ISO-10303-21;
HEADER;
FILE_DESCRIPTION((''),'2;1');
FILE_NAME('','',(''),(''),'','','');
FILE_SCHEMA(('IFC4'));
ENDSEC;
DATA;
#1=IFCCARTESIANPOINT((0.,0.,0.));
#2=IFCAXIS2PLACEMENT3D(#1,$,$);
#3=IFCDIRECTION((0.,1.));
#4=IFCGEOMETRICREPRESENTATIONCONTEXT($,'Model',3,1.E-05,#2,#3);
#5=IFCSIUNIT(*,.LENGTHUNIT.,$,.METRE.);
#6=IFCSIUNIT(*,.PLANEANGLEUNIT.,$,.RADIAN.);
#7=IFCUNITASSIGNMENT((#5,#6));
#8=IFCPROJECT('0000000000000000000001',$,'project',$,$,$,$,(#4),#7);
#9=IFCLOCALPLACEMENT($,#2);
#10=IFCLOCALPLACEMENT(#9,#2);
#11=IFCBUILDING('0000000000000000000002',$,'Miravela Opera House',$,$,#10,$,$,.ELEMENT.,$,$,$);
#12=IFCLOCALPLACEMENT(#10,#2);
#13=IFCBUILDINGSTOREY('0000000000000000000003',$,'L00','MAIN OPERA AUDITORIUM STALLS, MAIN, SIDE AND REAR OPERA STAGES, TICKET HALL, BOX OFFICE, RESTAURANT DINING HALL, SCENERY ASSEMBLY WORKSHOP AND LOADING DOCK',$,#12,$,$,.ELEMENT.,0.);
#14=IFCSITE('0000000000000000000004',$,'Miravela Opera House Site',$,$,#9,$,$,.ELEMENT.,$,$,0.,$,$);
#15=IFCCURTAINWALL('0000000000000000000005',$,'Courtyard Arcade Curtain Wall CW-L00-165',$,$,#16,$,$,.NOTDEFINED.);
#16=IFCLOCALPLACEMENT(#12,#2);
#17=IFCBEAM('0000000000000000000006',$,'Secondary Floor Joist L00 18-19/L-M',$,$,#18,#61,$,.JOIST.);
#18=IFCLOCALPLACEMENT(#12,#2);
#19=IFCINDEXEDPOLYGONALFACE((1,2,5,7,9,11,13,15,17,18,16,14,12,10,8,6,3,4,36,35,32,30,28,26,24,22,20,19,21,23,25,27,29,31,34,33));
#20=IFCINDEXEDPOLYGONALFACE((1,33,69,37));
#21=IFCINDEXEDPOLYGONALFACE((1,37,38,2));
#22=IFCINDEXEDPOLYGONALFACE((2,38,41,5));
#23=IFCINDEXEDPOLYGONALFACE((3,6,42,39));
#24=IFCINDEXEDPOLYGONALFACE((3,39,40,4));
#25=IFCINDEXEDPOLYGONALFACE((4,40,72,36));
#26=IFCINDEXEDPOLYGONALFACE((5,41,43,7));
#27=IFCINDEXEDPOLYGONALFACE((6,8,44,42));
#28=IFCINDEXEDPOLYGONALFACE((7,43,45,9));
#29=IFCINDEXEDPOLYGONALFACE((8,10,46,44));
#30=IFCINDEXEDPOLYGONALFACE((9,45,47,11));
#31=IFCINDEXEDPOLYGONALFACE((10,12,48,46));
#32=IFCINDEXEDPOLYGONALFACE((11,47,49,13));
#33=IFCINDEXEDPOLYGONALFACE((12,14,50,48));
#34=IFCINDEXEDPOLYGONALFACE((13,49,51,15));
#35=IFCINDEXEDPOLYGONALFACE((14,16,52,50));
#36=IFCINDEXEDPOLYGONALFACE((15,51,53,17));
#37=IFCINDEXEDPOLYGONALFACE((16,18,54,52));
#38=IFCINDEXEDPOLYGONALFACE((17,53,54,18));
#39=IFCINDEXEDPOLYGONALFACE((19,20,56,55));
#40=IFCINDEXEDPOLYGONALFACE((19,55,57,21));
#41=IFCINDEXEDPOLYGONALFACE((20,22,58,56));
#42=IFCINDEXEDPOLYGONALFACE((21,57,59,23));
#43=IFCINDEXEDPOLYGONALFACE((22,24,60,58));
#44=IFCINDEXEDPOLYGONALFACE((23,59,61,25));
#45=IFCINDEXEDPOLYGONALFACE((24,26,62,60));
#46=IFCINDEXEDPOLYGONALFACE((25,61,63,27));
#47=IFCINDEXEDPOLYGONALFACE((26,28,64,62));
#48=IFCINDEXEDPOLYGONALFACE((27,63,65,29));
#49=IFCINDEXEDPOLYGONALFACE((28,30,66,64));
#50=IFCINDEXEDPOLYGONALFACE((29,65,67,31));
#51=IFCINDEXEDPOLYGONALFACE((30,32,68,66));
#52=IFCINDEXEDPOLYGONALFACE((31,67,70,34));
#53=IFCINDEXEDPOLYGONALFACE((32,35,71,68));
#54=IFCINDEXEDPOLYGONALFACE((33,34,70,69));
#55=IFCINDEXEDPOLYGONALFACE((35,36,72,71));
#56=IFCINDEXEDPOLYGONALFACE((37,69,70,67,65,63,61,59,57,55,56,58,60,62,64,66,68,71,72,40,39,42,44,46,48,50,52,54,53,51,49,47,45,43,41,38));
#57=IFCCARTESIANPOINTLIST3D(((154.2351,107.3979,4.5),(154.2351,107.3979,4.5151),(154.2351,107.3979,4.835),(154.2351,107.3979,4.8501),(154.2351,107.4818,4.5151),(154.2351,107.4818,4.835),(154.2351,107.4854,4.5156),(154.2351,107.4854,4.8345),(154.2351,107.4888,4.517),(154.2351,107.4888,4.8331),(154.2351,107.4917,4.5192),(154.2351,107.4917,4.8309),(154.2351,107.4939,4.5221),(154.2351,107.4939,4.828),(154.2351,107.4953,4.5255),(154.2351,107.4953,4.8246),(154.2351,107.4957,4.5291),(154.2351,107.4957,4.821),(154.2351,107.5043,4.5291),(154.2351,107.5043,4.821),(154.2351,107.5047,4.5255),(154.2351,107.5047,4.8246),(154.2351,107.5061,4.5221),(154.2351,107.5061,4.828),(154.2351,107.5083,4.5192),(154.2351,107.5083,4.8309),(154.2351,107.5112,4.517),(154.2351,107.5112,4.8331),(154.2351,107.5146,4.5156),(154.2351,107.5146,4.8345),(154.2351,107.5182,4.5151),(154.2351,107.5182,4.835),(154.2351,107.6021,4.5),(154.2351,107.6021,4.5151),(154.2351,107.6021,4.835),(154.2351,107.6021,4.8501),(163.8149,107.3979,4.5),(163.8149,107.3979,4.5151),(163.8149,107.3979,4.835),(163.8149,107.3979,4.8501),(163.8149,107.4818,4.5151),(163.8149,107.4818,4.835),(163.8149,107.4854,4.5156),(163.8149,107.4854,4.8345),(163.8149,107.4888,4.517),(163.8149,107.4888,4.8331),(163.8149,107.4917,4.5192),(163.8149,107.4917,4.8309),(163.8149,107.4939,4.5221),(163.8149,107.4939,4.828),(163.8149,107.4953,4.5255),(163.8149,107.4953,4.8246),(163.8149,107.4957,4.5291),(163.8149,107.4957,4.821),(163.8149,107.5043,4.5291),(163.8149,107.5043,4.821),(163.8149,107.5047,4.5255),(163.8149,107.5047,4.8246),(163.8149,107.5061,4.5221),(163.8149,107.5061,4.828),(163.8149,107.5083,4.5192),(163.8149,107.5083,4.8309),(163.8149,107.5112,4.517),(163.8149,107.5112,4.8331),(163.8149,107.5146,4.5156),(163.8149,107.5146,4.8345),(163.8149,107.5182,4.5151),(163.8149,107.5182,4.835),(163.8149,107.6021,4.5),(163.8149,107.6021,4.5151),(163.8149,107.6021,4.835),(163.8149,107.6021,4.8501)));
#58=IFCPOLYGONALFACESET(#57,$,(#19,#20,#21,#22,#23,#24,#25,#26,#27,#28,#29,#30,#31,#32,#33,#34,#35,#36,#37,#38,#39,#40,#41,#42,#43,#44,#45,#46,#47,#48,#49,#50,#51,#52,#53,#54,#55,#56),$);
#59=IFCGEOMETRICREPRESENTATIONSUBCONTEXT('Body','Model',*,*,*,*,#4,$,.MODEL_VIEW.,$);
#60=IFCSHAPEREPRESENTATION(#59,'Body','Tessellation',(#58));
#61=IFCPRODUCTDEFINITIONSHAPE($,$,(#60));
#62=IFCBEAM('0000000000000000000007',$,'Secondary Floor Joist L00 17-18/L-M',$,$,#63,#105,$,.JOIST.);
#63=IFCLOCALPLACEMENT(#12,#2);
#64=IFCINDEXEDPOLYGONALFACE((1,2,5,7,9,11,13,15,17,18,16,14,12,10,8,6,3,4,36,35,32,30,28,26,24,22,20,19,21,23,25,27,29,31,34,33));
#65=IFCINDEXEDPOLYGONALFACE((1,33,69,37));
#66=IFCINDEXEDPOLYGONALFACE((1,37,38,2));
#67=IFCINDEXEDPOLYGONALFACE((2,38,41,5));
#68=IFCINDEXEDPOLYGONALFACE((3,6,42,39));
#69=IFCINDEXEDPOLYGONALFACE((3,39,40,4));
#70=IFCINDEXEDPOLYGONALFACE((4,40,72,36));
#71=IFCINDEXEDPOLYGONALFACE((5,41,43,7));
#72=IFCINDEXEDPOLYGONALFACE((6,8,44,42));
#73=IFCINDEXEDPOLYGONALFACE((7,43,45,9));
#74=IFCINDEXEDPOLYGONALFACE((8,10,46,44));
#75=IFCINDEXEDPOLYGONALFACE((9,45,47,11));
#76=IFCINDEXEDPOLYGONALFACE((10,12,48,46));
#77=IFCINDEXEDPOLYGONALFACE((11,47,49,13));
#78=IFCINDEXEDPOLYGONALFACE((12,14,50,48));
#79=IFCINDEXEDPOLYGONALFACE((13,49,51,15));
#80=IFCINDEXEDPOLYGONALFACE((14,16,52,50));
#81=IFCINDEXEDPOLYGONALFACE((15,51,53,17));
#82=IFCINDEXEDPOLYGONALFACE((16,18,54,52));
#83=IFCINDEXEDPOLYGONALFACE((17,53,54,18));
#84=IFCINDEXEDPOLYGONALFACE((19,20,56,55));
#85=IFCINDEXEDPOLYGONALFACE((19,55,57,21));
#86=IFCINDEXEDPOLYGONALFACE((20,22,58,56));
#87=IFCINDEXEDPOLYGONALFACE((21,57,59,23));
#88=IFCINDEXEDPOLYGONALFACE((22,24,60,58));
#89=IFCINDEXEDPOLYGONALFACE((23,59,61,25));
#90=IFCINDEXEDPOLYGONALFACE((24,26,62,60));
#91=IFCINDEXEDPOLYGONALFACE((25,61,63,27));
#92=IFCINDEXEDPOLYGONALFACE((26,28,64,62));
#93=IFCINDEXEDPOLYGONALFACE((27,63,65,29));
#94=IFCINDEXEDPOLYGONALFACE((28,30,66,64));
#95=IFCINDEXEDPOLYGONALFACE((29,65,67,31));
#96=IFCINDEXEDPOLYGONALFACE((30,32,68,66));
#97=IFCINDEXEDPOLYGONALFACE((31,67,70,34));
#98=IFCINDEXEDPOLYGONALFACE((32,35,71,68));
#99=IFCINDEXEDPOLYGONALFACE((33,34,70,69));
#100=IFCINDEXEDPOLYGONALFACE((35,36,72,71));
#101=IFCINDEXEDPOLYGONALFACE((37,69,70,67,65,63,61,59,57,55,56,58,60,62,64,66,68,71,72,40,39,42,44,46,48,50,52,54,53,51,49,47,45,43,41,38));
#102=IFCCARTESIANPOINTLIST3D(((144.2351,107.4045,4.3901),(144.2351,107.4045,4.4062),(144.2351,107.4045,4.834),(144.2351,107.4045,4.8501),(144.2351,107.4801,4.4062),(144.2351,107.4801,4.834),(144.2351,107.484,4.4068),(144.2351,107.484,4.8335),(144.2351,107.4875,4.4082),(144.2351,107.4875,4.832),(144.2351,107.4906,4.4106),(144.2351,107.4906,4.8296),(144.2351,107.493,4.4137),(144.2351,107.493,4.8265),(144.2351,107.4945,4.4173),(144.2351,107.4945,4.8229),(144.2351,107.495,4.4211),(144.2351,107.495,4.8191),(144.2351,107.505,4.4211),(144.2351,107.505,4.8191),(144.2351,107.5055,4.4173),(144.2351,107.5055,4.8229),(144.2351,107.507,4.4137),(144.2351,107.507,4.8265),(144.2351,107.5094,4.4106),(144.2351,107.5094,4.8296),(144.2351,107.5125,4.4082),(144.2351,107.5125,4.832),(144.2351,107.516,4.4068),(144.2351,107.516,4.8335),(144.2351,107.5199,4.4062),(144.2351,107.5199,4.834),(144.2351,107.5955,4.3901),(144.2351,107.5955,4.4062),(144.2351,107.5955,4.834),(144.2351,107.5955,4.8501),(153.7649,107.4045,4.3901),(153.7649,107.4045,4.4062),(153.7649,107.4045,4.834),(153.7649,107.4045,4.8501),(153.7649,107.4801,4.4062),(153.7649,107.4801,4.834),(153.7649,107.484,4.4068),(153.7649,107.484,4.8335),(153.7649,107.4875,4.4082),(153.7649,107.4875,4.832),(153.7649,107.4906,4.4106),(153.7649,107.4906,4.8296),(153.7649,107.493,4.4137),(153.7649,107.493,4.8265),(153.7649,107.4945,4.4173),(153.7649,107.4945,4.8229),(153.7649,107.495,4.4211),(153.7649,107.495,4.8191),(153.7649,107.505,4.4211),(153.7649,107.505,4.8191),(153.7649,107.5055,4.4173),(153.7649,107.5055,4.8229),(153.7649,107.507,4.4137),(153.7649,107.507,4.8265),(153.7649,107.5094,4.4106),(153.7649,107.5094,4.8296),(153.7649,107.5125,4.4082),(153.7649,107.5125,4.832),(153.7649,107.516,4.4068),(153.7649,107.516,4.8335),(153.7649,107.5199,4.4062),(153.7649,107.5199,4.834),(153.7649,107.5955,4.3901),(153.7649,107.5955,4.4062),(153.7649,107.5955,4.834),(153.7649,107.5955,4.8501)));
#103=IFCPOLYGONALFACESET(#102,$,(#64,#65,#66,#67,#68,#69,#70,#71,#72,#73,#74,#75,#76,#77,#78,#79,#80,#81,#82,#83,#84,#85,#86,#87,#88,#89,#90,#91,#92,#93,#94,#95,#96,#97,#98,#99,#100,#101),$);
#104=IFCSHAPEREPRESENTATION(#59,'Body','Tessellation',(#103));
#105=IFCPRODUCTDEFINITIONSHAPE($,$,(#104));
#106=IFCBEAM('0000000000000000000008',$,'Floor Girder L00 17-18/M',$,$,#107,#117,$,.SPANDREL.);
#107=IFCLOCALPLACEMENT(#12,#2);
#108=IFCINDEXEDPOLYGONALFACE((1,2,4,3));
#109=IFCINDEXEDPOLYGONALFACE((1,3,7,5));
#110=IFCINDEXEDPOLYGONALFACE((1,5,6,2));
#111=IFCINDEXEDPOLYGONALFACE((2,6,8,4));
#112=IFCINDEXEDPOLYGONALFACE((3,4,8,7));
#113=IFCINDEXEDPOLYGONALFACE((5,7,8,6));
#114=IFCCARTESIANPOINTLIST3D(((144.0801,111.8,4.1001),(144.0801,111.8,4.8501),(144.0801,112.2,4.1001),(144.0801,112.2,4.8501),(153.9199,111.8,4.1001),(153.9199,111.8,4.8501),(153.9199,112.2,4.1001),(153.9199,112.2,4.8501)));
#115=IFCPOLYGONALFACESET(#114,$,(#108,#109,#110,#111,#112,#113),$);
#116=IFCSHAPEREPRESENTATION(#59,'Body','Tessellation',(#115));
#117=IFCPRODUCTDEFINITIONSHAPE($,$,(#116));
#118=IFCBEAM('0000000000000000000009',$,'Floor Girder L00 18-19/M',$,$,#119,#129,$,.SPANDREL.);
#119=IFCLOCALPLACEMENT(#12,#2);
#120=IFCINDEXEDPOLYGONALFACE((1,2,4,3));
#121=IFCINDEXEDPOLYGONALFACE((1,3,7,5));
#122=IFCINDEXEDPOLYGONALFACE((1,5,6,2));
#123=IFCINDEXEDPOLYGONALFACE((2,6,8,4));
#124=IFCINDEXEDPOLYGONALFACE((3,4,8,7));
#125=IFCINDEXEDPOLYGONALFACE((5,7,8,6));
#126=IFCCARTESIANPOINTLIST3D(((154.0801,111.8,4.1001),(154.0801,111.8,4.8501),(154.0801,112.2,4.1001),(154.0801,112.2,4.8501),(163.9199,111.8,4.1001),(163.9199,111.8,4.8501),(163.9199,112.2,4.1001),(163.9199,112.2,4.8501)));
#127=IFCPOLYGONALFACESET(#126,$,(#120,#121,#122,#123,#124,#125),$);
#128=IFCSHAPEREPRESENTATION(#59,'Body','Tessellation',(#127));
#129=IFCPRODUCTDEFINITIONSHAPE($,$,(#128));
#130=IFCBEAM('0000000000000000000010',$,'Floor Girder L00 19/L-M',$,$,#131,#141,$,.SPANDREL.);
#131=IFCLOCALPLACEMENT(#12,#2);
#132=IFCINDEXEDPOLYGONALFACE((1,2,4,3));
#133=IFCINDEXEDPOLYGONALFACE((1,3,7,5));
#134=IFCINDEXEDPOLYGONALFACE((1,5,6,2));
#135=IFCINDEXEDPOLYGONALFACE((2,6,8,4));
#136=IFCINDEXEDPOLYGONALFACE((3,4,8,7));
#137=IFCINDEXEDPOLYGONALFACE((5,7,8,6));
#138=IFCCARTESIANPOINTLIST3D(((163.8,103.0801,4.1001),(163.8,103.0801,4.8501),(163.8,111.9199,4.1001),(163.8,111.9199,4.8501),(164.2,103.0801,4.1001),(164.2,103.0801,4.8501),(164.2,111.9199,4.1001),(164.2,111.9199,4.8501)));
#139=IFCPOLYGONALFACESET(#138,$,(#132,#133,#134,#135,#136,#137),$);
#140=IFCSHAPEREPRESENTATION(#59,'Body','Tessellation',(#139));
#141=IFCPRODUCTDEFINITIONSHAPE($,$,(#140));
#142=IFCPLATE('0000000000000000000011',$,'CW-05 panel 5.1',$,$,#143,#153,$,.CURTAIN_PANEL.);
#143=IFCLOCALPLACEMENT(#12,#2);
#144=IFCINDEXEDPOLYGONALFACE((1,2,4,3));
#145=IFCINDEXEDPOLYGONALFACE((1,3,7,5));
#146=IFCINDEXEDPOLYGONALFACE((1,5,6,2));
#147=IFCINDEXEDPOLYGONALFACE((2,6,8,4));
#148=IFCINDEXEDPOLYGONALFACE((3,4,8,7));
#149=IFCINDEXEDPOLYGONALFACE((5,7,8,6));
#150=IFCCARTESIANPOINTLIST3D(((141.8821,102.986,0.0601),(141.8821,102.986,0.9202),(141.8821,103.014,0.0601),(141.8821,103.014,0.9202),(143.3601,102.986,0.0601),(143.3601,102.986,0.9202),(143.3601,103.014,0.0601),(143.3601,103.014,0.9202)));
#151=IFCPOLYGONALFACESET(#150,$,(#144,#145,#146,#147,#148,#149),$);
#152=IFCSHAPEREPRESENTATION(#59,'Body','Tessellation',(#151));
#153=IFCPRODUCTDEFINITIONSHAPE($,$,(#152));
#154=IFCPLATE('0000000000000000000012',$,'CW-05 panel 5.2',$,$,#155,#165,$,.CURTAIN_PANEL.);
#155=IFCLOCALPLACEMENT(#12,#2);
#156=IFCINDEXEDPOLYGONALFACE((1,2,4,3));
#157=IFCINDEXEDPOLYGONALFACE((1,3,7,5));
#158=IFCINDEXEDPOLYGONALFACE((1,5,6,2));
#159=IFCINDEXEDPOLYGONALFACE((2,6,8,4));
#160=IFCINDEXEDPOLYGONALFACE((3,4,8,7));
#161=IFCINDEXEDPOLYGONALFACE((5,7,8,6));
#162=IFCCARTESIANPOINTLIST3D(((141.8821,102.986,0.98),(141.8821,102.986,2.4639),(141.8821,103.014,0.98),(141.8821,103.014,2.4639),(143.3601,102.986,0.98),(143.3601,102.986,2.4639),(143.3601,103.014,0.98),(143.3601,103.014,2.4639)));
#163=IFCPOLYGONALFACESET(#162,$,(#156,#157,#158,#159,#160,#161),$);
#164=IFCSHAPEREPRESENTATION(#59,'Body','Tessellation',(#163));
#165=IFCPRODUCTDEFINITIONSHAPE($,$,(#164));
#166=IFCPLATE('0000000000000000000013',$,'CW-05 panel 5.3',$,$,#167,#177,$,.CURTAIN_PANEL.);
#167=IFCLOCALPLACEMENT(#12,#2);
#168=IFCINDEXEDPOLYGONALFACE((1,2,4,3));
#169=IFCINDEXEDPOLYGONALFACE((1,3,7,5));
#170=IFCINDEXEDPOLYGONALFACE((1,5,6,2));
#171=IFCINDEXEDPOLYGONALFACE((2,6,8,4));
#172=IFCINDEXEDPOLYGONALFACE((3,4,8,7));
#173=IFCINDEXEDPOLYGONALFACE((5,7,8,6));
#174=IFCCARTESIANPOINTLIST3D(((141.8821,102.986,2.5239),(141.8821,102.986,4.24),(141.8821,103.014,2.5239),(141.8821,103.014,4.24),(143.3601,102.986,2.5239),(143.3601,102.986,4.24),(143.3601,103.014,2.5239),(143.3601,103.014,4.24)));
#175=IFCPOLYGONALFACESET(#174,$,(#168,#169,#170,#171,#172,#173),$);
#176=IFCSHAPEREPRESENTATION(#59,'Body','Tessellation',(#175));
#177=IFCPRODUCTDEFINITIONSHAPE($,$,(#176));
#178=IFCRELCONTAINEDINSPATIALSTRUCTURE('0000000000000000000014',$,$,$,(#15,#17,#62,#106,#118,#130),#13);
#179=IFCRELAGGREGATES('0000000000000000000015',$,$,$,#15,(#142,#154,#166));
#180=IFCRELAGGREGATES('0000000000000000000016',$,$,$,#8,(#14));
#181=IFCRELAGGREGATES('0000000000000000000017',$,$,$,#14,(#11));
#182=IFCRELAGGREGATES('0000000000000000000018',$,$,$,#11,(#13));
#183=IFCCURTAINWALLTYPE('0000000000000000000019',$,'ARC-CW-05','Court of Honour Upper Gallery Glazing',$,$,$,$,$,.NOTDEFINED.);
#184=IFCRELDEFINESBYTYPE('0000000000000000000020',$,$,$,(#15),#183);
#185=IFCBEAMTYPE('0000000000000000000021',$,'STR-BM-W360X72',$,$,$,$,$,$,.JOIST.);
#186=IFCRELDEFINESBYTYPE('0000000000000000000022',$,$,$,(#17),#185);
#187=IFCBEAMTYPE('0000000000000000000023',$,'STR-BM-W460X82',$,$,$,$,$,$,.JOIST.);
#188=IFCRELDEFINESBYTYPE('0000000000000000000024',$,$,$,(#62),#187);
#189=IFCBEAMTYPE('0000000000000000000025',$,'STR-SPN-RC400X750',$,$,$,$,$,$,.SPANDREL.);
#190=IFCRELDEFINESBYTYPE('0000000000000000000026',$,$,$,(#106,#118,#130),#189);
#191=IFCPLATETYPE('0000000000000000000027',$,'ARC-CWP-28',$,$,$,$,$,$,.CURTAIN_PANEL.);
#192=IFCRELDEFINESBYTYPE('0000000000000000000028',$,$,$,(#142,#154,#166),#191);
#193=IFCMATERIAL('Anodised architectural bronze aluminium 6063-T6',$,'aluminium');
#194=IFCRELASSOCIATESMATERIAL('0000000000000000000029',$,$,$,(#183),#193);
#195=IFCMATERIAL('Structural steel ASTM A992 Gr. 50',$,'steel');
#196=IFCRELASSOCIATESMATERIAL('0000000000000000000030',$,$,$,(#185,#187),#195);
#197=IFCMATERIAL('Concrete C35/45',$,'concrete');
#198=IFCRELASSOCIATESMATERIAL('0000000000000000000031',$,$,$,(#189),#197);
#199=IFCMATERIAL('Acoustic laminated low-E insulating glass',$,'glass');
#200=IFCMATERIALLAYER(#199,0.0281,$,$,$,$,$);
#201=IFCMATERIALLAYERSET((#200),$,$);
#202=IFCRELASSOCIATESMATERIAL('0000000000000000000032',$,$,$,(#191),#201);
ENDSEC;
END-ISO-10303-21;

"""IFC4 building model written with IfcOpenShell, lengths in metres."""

from ifc_helpers import new_model, si_unit, direction, frame, origin, origin_2d, place, context, subcontext, project, spatial, rectangle, i_section, extrude, material, layer, layer_set, material_profile, profile_set, type_object, element, aggregate, save


model = new_model("IFC4")

# Units and contexts
model_context = context("Model", 3, precision=1e-05, world=origin(), true_north=direction((0.0, 1.0)))
body_context = subcontext(model_context, "Body", "Model", "MODEL_VIEW")
ifc_project = project(units=[si_unit("LENGTHUNIT", "METRE"), si_unit("PLANEANGLEUNIT", "RADIAN")], contexts=[model_context])

# Site, building, storey
site_placement = place(None, origin())
site = spatial("IfcSite", under=ifc_project, at=site_placement, Name="Miravela Opera House Site", CompositionType="ELEMENT", RefElevation=0.0)
building_placement = place(site_placement, origin())
building = spatial("IfcBuilding", under=site, at=building_placement, Name="Miravela Opera House", CompositionType="ELEMENT")
storey_placement = place(building_placement, origin())
storey = spatial("IfcBuildingStorey", under=building, at=storey_placement, Name="L00", Description="MAIN OPERA AUDITORIUM STALLS, MAIN, SIDE AND REAR OPERA STAGES, TICKET HALL, BOX OFFICE, RESTAURANT DINING HALL, SCENERY ASSEMBLY WORKSHOP AND LOADING DOCK", CompositionType="ELEMENT", Elevation=0.0)

# Shared definitions
ifc_material_1 = material(Name="Concrete C35/45", Category="concrete")

# Curtain wall
ifc_material_2 = material(Name="Anodised architectural bronze aluminium 6063-T6", Category="aluminium")
curtain_wall_type = type_object("IfcCurtainWallType", Name="ARC-CW-05", Description="Court of Honour Upper Gallery Glazing", PredefinedType="NOTDEFINED", material=ifc_material_2)
curtain_wall_placement = place(storey_placement, origin())
curtain_wall = element("IfcCurtainWall", 1, at=curtain_wall_placement, inside=storey, type_object=curtain_wall_type, Name="Courtyard Arcade Curtain Wall CW-L00-165", PredefinedType="NOTDEFINED")

# Beams
ifc_material_3 = material(Name="Structural steel ASTM A992 Gr. 50", Category="steel")
ifc_material_profile_1 = material_profile(ifc_material_3, i_section(OverallWidth=0.2041, OverallDepth=0.3501, WebThickness=0.0085, FlangeThickness=0.0151, FilletRadius=0.0139, at=origin_2d()), Name="W360X72")
ifc_profile_set_1 = profile_set([ifc_material_profile_1])
beam_type_1 = type_object("IfcBeamType", Name="STR-BM-W360X72", PredefinedType="JOIST", material=ifc_profile_set_1)
beam_1_placement = place(storey_placement, frame((154.2351, 107.5, 4.675), z_axis=(1.0, 0.0, 0.0), x_axis=(0.0, 1.0, 0.0)))
element("IfcBeam", 2, at=beam_1_placement, inside=storey, type_object=beam_type_1, Name="Secondary Floor Joist L00 18-19/L-M", PredefinedType="JOIST", context=body_context, shape_type="SweptSolid", body=[
    extrude(i_section(OverallWidth=0.2041, OverallDepth=0.3501, WebThickness=0.0085, FlangeThickness=0.0151, FilletRadius=0.0139, at=origin_2d()), origin(), (0.0, 0.0, 1.0), 9.5798),
])
ifc_material_profile_2 = material_profile(ifc_material_3, i_section(OverallWidth=0.1909, OverallDepth=0.46, WebThickness=0.01, FlangeThickness=0.0161, FilletRadius=0.0149, at=origin_2d()), Name="W460X82")
ifc_profile_set_2 = profile_set([ifc_material_profile_2])
beam_type_2 = type_object("IfcBeamType", Name="STR-BM-W460X82", PredefinedType="JOIST", material=ifc_profile_set_2)
beam_2_placement = place(storey_placement, frame((144.2351, 107.5, 4.6201), z_axis=(1.0, 0.0, 0.0), x_axis=(0.0, 1.0, 0.0)))
element("IfcBeam", 3, at=beam_2_placement, inside=storey, type_object=beam_type_2, Name="Secondary Floor Joist L00 17-18/L-M", PredefinedType="JOIST", context=body_context, shape_type="SweptSolid", body=[
    extrude(i_section(OverallWidth=0.1909, OverallDepth=0.46, WebThickness=0.01, FlangeThickness=0.0161, FilletRadius=0.0149, at=origin_2d()), origin(), (0.0, 0.0, 1.0), 9.5298),
])
ifc_material_profile_3 = material_profile(ifc_material_1, rectangle(XDim=0.3999, YDim=0.75, at=origin_2d()), Name="RC-SPN-400X750")
ifc_profile_set_3 = profile_set([ifc_material_profile_3])
beam_type_3 = type_object("IfcBeamType", Name="STR-SPN-RC400X750", PredefinedType="SPANDREL", material=ifc_profile_set_3)
for number, where, z_axis, x_axis, name in (
    (4, (144.0801, 112.0, 4.4751), (1.0, 0.0, 0.0), (0.0, 1.0, 0.0), "Floor Girder L00 17-18/M"),
    (5, (154.0801, 112.0, 4.4751), (1.0, 0.0, 0.0), (0.0, 1.0, 0.0), "Floor Girder L00 18-19/M"),
):
    element("IfcBeam", number, at=place(storey_placement, frame(where, z_axis=z_axis, x_axis=x_axis)), inside=storey, type_object=beam_type_3, Name=name, PredefinedType="SPANDREL", context=body_context, shape_type="SweptSolid", body=[
        extrude(rectangle(XDim=0.3999, YDim=0.75, at=origin_2d()), origin(), (0.0, 0.0, 1.0), 9.8398),
    ])
beam_3_placement = place(storey_placement, frame((164.0, 103.0801, 4.4751), z_axis=(0.0, 1.0, 0.0), x_axis=(-1.0, 0.0, 0.0)))
element("IfcBeam", 6, at=beam_3_placement, inside=storey, type_object=beam_type_3, Name="Floor Girder L00 19/L-M", PredefinedType="SPANDREL", context=body_context, shape_type="SweptSolid", body=[
    extrude(rectangle(XDim=0.3999, YDim=0.75, at=origin_2d()), origin(), (0.0, 0.0, 1.0), 8.8398),
])

# Plates
ifc_material_4 = material(Name="Acoustic laminated low-E insulating glass", Category="glass")
ifc_layer_1 = layer(ifc_material_4, 0.0281)
ifc_layer_set_1 = layer_set([ifc_layer_1])
plate_type = type_object("IfcPlateType", Name="ARC-CWP-28", PredefinedType="CURTAIN_PANEL", material=ifc_layer_set_1)
plate_1_placement = place(storey_placement, frame((142.6211, 103.0, 0.0601), z_axis=(0.0, 0.0, 1.0), x_axis=(1.0, 0.0, 0.0)))
plate_1 = element("IfcPlate", 7, at=plate_1_placement, type_object=plate_type, Name="CW-05 panel 5.1", PredefinedType="CURTAIN_PANEL", context=body_context, shape_type="SweptSolid", body=[
    extrude(rectangle(XDim=1.478, YDim=0.0281, at=origin_2d()), origin(), (0.0, 0.0, 1.0), 0.8601),
])
plate_2_placement = place(storey_placement, frame((142.6211, 103.0, 0.98), z_axis=(0.0, 0.0, 1.0), x_axis=(1.0, 0.0, 0.0)))
plate_2 = element("IfcPlate", 8, at=plate_2_placement, type_object=plate_type, Name="CW-05 panel 5.2", PredefinedType="CURTAIN_PANEL", context=body_context, shape_type="SweptSolid", body=[
    extrude(rectangle(XDim=1.478, YDim=0.0281, at=origin_2d()), origin(), (0.0, 0.0, 1.0), 1.4839),
])
plate_3_placement = place(storey_placement, frame((142.6211, 103.0, 2.5239), z_axis=(0.0, 0.0, 1.0), x_axis=(1.0, 0.0, 0.0)))
plate_3 = element("IfcPlate", 9, at=plate_3_placement, type_object=plate_type, Name="CW-05 panel 5.3", PredefinedType="CURTAIN_PANEL", context=body_context, shape_type="SweptSolid", body=[
    extrude(rectangle(XDim=1.478, YDim=0.0281, at=origin_2d()), origin(), (0.0, 0.0, 1.0), 1.7161),
])
aggregate(curtain_wall, [plate_1, plate_2, plate_3])

save(model, "model.ifc")
